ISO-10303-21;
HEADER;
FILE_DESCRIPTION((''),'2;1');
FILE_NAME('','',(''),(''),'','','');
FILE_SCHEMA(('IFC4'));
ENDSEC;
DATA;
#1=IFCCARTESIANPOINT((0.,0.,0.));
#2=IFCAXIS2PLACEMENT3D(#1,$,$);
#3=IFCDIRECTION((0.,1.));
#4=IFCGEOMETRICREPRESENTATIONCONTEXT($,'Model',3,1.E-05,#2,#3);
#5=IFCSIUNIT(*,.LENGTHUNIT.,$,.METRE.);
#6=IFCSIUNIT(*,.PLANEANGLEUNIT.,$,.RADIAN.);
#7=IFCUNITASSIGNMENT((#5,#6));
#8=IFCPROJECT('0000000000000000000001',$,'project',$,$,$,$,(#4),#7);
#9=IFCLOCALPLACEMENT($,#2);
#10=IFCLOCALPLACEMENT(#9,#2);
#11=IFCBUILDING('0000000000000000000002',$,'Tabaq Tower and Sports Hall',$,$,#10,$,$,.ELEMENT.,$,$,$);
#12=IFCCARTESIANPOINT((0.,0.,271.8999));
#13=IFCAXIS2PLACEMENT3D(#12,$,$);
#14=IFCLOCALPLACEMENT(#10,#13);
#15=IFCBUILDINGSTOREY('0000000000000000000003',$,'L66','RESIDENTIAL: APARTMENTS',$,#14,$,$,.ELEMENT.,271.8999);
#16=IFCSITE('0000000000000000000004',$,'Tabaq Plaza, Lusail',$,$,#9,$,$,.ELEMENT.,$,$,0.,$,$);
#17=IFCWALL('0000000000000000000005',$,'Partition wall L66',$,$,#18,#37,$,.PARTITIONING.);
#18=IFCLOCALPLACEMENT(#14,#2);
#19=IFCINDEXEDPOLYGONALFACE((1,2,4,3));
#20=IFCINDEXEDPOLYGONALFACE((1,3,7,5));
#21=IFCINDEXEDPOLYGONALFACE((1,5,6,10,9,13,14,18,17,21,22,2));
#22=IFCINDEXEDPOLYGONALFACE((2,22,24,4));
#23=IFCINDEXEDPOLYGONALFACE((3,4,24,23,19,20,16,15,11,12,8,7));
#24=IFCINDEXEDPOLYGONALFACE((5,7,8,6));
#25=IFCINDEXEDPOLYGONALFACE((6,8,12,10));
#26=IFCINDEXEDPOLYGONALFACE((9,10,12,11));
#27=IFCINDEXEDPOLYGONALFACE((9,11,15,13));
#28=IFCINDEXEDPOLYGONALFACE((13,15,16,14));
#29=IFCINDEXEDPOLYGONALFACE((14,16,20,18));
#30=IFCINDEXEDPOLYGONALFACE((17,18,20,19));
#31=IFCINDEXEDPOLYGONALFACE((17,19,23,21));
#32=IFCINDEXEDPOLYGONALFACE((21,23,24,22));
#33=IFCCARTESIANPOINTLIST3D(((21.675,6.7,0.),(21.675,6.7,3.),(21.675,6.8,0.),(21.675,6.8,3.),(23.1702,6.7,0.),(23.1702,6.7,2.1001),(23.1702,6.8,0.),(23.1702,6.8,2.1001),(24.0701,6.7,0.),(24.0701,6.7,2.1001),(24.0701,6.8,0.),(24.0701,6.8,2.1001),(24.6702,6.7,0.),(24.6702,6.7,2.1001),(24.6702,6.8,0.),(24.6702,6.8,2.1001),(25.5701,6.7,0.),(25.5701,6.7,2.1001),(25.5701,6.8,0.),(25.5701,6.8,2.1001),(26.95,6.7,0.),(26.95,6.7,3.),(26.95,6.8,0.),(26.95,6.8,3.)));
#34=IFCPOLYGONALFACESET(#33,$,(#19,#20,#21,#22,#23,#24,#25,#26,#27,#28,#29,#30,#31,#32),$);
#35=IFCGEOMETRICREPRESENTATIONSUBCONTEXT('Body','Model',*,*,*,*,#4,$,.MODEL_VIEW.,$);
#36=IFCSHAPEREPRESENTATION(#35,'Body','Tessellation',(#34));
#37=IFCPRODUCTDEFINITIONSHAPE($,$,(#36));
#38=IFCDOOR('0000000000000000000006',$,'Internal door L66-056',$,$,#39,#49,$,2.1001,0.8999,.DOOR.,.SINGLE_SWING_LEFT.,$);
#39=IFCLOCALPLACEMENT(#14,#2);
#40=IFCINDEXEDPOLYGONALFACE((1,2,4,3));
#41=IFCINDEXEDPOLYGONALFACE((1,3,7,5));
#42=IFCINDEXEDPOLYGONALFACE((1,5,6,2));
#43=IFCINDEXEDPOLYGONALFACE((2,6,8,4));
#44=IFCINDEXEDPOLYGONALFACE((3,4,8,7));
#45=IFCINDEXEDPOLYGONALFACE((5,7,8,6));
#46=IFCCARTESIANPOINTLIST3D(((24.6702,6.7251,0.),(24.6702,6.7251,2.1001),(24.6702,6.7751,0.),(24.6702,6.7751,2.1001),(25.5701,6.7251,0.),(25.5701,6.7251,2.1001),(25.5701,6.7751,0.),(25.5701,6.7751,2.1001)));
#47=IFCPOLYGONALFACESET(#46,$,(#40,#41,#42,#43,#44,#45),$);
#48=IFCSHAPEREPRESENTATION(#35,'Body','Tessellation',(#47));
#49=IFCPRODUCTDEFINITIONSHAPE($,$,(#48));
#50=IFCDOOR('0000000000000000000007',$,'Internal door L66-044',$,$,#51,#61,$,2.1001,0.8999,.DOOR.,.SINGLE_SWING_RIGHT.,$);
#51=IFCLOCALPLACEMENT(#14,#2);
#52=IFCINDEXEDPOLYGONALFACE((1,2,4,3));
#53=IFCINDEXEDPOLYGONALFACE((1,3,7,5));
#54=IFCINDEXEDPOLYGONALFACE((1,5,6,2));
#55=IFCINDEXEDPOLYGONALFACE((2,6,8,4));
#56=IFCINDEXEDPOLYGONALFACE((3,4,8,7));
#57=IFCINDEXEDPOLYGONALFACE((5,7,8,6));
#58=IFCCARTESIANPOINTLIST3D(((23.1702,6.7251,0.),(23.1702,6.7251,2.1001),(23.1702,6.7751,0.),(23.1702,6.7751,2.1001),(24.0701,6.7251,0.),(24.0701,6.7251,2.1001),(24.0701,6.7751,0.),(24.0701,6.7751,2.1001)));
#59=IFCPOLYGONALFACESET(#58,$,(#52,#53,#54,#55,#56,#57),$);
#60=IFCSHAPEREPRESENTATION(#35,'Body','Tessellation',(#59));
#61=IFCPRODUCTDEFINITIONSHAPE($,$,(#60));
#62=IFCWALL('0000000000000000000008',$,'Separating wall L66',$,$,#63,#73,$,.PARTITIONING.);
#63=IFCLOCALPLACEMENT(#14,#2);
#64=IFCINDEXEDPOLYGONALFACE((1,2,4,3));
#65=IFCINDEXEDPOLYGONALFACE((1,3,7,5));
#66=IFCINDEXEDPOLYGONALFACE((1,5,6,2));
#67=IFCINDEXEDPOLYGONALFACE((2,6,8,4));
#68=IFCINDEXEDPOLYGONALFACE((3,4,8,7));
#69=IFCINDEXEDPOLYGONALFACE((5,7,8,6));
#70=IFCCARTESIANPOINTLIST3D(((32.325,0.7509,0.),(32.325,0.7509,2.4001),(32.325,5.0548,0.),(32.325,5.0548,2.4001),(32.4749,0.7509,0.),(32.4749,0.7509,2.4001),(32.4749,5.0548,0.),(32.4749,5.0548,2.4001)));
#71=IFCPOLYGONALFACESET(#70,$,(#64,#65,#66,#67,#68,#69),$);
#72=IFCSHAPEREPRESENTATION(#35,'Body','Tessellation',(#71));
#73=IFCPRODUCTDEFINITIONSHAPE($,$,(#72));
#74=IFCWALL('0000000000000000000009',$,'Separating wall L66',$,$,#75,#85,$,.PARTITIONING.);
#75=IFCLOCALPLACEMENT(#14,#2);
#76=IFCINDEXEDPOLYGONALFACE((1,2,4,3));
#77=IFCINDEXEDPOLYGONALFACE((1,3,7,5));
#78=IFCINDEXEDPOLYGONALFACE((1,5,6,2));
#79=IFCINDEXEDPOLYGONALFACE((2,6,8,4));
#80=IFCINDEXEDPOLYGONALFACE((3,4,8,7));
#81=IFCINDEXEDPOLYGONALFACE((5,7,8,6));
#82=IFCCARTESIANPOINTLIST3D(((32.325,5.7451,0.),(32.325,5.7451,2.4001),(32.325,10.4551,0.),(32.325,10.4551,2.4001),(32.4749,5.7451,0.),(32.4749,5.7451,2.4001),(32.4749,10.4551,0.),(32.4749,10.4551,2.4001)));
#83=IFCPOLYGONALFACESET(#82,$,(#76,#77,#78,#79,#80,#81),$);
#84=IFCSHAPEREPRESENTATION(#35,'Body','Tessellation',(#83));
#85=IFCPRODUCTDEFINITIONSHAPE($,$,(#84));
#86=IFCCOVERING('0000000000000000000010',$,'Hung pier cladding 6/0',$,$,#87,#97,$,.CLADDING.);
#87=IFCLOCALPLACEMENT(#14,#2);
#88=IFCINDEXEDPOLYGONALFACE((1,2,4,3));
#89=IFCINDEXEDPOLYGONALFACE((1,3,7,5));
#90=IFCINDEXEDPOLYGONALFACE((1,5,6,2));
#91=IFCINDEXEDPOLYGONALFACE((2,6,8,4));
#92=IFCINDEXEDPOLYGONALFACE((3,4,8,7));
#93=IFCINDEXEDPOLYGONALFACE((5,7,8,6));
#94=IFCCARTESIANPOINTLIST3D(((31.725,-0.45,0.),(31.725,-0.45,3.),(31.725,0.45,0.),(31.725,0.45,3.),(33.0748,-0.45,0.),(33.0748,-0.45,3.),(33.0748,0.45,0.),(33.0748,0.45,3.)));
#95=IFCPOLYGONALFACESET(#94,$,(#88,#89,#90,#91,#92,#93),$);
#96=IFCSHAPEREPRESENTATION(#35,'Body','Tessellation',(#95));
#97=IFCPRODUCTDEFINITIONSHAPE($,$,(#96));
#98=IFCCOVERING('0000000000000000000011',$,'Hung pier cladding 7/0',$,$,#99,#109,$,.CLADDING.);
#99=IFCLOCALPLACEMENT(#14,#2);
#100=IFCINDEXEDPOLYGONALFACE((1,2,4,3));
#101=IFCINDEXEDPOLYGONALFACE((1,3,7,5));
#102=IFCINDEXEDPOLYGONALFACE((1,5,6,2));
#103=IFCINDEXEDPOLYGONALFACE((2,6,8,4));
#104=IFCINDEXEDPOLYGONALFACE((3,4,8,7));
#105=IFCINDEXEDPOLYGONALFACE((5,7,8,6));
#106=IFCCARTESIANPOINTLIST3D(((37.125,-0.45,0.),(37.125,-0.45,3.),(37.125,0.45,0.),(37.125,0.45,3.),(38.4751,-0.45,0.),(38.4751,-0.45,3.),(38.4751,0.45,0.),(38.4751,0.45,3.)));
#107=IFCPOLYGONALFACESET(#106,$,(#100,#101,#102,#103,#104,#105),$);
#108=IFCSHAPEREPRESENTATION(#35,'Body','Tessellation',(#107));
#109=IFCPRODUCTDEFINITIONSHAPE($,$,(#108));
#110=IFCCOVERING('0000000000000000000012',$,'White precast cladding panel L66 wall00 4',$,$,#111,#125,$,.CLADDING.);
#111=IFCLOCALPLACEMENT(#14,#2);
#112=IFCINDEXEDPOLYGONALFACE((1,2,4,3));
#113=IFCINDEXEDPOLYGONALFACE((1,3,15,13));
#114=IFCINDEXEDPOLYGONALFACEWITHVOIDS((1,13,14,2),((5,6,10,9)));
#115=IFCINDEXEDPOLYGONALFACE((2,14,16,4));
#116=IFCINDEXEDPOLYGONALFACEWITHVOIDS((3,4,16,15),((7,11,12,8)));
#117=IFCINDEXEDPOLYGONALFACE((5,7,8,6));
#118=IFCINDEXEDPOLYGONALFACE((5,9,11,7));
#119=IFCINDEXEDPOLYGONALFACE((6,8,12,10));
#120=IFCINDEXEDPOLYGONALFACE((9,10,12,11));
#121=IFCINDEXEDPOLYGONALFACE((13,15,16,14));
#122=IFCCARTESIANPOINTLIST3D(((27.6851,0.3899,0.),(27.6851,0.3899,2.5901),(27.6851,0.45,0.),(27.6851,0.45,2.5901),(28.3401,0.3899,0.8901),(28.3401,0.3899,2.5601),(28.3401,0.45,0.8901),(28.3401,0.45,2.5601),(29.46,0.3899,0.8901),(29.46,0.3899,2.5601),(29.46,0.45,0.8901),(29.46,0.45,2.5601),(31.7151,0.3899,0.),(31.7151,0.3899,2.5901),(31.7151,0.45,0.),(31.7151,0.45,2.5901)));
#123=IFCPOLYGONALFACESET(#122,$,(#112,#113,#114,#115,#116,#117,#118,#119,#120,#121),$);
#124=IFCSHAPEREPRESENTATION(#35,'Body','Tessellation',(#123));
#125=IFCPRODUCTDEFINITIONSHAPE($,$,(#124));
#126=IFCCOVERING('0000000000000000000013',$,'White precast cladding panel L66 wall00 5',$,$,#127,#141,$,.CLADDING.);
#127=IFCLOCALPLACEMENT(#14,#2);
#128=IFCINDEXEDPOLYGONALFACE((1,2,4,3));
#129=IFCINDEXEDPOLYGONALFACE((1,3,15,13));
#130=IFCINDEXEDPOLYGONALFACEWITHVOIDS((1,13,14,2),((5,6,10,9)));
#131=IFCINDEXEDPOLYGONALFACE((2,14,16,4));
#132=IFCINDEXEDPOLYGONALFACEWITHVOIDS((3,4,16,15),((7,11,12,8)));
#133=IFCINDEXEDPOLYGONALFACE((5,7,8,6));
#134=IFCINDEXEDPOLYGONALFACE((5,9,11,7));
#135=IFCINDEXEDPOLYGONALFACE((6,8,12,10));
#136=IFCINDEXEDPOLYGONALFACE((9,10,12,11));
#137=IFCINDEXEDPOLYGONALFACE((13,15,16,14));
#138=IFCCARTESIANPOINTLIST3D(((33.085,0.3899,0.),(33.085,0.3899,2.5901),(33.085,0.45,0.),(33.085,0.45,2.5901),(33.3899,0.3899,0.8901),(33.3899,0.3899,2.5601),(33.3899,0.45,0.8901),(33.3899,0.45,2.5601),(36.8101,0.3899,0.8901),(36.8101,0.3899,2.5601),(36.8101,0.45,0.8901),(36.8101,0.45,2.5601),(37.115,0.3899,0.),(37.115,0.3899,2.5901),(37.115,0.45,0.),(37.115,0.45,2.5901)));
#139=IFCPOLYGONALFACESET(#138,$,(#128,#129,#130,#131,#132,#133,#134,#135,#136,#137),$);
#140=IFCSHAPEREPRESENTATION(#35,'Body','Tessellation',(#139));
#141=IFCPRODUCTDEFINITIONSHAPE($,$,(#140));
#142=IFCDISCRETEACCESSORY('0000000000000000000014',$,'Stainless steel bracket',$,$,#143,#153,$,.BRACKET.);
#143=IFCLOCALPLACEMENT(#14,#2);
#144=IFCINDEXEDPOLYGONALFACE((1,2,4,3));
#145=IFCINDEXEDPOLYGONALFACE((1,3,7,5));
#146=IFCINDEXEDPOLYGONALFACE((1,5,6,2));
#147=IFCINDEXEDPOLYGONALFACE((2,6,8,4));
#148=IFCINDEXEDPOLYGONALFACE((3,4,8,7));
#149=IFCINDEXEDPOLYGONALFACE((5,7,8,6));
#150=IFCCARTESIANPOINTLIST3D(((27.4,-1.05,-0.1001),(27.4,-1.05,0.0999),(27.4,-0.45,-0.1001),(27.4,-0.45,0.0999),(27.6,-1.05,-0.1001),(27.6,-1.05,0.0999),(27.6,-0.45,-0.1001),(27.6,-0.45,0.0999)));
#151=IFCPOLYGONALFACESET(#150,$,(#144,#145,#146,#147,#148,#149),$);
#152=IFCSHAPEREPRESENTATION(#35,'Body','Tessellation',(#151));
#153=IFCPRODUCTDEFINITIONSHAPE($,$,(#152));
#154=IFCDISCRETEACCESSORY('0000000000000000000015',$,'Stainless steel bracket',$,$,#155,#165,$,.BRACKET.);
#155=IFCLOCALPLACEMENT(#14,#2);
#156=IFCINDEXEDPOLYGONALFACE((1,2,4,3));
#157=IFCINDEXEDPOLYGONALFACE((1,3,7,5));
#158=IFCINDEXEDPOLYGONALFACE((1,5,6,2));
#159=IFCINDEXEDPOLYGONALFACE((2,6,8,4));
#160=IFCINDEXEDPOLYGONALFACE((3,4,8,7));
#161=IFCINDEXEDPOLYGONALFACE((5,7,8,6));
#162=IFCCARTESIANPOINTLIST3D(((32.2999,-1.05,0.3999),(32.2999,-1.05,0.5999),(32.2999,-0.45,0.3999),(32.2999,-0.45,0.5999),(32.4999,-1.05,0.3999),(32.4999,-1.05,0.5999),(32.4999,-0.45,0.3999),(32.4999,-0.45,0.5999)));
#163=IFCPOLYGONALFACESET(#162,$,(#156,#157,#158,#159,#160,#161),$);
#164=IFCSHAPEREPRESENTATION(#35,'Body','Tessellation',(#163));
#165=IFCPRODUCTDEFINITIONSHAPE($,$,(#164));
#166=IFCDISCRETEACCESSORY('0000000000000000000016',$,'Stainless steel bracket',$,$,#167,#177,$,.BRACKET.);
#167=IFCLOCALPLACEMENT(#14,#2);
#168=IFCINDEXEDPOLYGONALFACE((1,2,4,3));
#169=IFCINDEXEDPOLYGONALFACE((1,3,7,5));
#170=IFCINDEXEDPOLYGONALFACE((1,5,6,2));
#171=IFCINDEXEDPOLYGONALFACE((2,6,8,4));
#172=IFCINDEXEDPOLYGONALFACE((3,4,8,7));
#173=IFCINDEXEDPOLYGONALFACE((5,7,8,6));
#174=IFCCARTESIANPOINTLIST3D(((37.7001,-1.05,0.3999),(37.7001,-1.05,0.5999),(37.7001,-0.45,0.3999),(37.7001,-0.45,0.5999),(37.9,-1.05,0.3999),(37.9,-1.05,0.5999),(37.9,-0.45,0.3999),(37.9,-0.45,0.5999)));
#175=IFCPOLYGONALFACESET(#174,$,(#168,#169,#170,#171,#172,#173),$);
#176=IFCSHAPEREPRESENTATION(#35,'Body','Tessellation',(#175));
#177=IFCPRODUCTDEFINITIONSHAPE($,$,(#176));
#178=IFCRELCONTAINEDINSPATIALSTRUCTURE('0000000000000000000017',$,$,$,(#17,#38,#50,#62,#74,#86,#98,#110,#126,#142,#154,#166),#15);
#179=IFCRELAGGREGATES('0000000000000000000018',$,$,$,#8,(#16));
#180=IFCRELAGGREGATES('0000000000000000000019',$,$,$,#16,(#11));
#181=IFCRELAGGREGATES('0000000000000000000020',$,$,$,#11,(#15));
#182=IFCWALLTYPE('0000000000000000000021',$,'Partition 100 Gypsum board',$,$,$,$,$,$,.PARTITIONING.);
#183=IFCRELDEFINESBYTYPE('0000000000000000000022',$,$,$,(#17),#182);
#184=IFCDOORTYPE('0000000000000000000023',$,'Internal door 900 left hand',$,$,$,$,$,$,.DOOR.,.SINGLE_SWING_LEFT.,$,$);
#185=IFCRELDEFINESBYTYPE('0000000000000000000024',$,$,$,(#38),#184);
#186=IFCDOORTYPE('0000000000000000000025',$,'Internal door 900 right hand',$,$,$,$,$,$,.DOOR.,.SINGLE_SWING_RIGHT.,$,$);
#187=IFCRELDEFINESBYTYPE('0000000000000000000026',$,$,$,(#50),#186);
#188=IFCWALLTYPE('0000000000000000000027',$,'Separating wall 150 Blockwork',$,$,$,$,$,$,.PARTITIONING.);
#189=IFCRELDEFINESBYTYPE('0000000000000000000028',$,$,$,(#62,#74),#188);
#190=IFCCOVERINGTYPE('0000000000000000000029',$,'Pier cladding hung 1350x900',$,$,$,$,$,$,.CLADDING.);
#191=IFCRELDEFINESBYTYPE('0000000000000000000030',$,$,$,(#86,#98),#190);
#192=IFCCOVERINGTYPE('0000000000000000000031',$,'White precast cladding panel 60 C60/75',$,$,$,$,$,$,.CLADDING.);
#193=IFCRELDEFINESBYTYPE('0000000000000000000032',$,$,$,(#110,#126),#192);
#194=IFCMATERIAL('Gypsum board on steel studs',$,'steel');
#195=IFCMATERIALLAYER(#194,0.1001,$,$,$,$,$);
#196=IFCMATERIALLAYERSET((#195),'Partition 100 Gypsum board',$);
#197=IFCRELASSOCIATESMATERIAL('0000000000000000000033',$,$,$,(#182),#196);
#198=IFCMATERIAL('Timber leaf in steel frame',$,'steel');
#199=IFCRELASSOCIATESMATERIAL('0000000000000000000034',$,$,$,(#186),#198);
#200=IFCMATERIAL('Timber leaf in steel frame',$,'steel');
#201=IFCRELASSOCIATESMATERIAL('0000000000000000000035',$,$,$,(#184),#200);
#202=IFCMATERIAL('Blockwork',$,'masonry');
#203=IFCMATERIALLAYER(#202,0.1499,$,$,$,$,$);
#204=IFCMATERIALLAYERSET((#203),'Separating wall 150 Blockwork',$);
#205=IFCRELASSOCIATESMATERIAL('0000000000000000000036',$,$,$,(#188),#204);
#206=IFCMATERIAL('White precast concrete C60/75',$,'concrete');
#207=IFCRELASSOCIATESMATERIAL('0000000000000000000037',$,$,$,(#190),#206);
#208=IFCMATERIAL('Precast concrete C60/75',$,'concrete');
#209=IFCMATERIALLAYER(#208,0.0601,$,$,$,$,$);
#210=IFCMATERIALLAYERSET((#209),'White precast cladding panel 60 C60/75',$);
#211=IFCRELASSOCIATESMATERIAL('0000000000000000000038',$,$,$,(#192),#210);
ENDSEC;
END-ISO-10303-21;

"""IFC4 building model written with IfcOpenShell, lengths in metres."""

from ifc_helpers import new_model, si_unit, direction, frame, frame_2d, origin, origin_2d, place, context, subcontext, project, spatial, polyline, rectangle, outline, extrude, material, layer, layer_set, type_object, element, fill, save


model = new_model("IFC4")

# Units and contexts
model_context = context("Model", 3, precision=1e-05, world=origin(), true_north=direction((0.0, 1.0)))
body_context = subcontext(model_context, "Body", "Model", "MODEL_VIEW")
ifc_project = project(units=[si_unit("LENGTHUNIT", "METRE"), si_unit("PLANEANGLEUNIT", "RADIAN")], contexts=[model_context])

# Site, building, storey
site_placement = place(None, origin())
site = spatial("IfcSite", under=ifc_project, at=site_placement, Name="Tabaq Plaza, Lusail", CompositionType="ELEMENT", RefElevation=0.0)
building_placement = place(site_placement, origin())
building = spatial("IfcBuilding", under=site, at=building_placement, Name="Tabaq Tower and Sports Hall", CompositionType="ELEMENT")
storey_placement = place(building_placement, frame((0.0, 0.0, 271.8999)))
storey = spatial("IfcBuildingStorey", under=building, at=storey_placement, Name="L66", Description="RESIDENTIAL: APARTMENTS", CompositionType="ELEMENT", Elevation=271.8999)

# Shared definitions
ifc_material_1 = material(Name="Gypsum board on steel studs", Category="steel")
ifc_layer_1 = layer(ifc_material_1, 0.1001)
ifc_layer_set_1 = layer_set([ifc_layer_1], Name="Partition 100 Gypsum board")
wall_type_1 = type_object("IfcWallType", Name="Partition 100 Gypsum board", PredefinedType="PARTITIONING", material=ifc_layer_set_1)
ifc_material_2 = material(Name="Timber leaf in steel frame", Category="steel")
door_type_1 = type_object("IfcDoorType", Name="Internal door 900 right hand", OperationType="SINGLE_SWING_RIGHT", PredefinedType="DOOR", material=ifc_material_2)

# Wall, openings, doors
wall_1_placement = place(storey_placement, frame((26.95, 6.75, 0.0), z_axis=(0.0, 0.0, 1.0), x_axis=(-1.0, 0.0, 0.0)))
wall_1 = element("IfcWall", 1, at=wall_1_placement, inside=storey, type_object=wall_type_1, Name="Partition wall L66", PredefinedType="PARTITIONING", context=body_context, shape_type="SweptSolid", body=[
    extrude(rectangle(XDim=5.2749, YDim=0.1001, at=frame_2d((2.6375, 0.0))), origin(), (0.0, 0.0, 1.0), 3.0),
])
opening_1_placement = place(wall_1_placement, frame((2.8799, 0.0, 0.0)))
opening_1 = element("IfcOpeningElement", 2, at=opening_1_placement, cuts=wall_1, PredefinedType="OPENING", context=body_context, shape_type="SweptSolid", body=[
    extrude(rectangle(XDim=0.8999, YDim=2.1001, at=frame_2d((0.45, 1.05))), frame((0.0, 0.05, 0.0), z_axis=(0.0, -1.0, 0.0), x_axis=(1.0, 0.0, 0.0)), (0.0, 0.0, 1.0), 0.1001),
])
opening_2_placement = place(wall_1_placement, frame((1.3799, 0.0, 0.0)))
opening_2 = element("IfcOpeningElement", 3, at=opening_2_placement, cuts=wall_1, PredefinedType="OPENING", context=body_context, shape_type="SweptSolid", body=[
    extrude(rectangle(XDim=0.8999, YDim=2.1001, at=frame_2d((0.45, 1.05))), frame((0.0, 0.05, 0.0), z_axis=(0.0, -1.0, 0.0), x_axis=(1.0, 0.0, 0.0)), (0.0, 0.0, 1.0), 0.1001),
])
ifc_material_3 = material(Name="Timber leaf in steel frame", Category="steel")
door_type_2 = type_object("IfcDoorType", Name="Internal door 900 left hand", OperationType="SINGLE_SWING_LEFT", PredefinedType="DOOR", material=ifc_material_3)
door_1_placement = place(opening_2_placement, origin())
door_1 = element("IfcDoor", 4, at=door_1_placement, inside=storey, type_object=door_type_2, Name="Internal door L66-056", OperationType="SINGLE_SWING_LEFT", OverallHeight=2.1001, OverallWidth=0.8999, PredefinedType="DOOR", context=body_context, shape_type="SweptSolid", body=[
    extrude(rectangle(XDim=0.8999, YDim=2.1001, at=frame_2d((0.45, 1.05))), frame((0.0, 0.0249, 0.0), z_axis=(0.0, -1.0, 0.0), x_axis=(1.0, 0.0, 0.0)), (0.0, 0.0, 1.0), 0.05),
])
fill(opening_2, door_1)
door_2_placement = place(opening_1_placement, origin())
door_2 = element("IfcDoor", 5, at=door_2_placement, inside=storey, type_object=door_type_1, Name="Internal door L66-044", OperationType="SINGLE_SWING_RIGHT", OverallHeight=2.1001, OverallWidth=0.8999, PredefinedType="DOOR", context=body_context, shape_type="SweptSolid", body=[
    extrude(rectangle(XDim=0.8999, YDim=2.1001, at=frame_2d((0.45, 1.05))), frame((0.0, 0.0249, 0.0), z_axis=(0.0, -1.0, 0.0), x_axis=(1.0, 0.0, 0.0)), (0.0, 0.0, 1.0), 0.05),
])
fill(opening_1, door_2)

# Walls
ifc_material_4 = material(Name="Blockwork", Category="masonry")
ifc_layer_2 = layer(ifc_material_4, 0.1499)
ifc_layer_set_2 = layer_set([ifc_layer_2], Name="Separating wall 150 Blockwork")
wall_type_2 = type_object("IfcWallType", Name="Separating wall 150 Blockwork", PredefinedType="PARTITIONING", material=ifc_layer_set_2)
wall_2_placement = place(storey_placement, frame((32.3999, 0.751, 0.0), z_axis=(0.0, 0.0, 1.0), x_axis=(0.0, 1.0, 0.0)))
element("IfcWall", 6, at=wall_2_placement, inside=storey, type_object=wall_type_2, Name="Separating wall L66", PredefinedType="PARTITIONING", context=body_context, shape_type="SweptSolid", body=[
    extrude(rectangle(XDim=4.304, YDim=0.1499, at=frame_2d((2.1519, 0.0))), origin(), (0.0, 0.0, 1.0), 2.4001),
])
wall_3_placement = place(storey_placement, frame((32.3999, 5.7451, 0.0), z_axis=(0.0, 0.0, 1.0), x_axis=(0.0, 1.0, 0.0)))
element("IfcWall", 7, at=wall_3_placement, inside=storey, type_object=wall_type_2, Name="Separating wall L66", PredefinedType="PARTITIONING", context=body_context, shape_type="SweptSolid", body=[
    extrude(rectangle(XDim=4.71, YDim=0.1499, at=frame_2d((2.355, 0.0))), origin(), (0.0, 0.0, 1.0), 2.4001),
])

# Coverings
ifc_material_5 = material(Name="White precast concrete C60/75", Category="concrete")
covering_type_1 = type_object("IfcCoveringType", Name="Pier cladding hung 1350x900", PredefinedType="CLADDING", material=ifc_material_5)
covering_1_placement = place(storey_placement, frame((31.7251, 0.0, 0.0), z_axis=(0.0, 0.0, 1.0), x_axis=(1.0, 0.0, 0.0)))
element("IfcCovering", 8, at=covering_1_placement, inside=storey, type_object=covering_type_1, Name="Hung pier cladding 6/0", PredefinedType="CLADDING", context=body_context, shape_type="SweptSolid", body=[
    extrude(rectangle(XDim=1.3499, YDim=0.8999, at=frame_2d((0.6748, 0.0))), origin(), (0.0, 0.0, 1.0), 3.0),
])
covering_2_placement = place(storey_placement, frame((37.125, 0.0, 0.0), z_axis=(0.0, 0.0, 1.0), x_axis=(1.0, 0.0, 0.0)))
element("IfcCovering", 9, at=covering_2_placement, inside=storey, type_object=covering_type_1, Name="Hung pier cladding 7/0", PredefinedType="CLADDING", context=body_context, shape_type="SweptSolid", body=[
    extrude(rectangle(XDim=1.3501, YDim=0.8999, at=frame_2d((0.675, 0.0))), origin(), (0.0, 0.0, 1.0), 3.0),
])
ifc_material_6 = material(Name="Precast concrete C60/75", Category="concrete")
ifc_layer_3 = layer(ifc_material_6, 0.0601)
ifc_layer_set_3 = layer_set([ifc_layer_3], Name="White precast cladding panel 60 C60/75")
covering_type_2 = type_object("IfcCoveringType", Name="White precast cladding panel 60 C60/75", PredefinedType="CLADDING", material=ifc_layer_set_3)
covering_3_placement = place(storey_placement, frame((27.6851, 0.4199, 0.0), z_axis=(0.0, 0.0, 1.0), x_axis=(1.0, 0.0, 0.0)))
element("IfcCovering", 10, at=covering_3_placement, inside=storey, type_object=covering_type_2, Name="White precast cladding panel L66 wall00 4", PredefinedType="CLADDING", context=body_context, shape_type="SweptSolid", body=[
    extrude(outline(polyline([(0.0, 0.0), (4.03, 0.0), (4.03, 2.5901), (0.0, 2.5901), (0.0, 0.0)]), holes=[polyline([(1.7749, 0.8901), (0.655, 0.8901), (0.655, 2.5601), (1.7749, 2.5601), (1.7749, 0.8901)])]), frame((0.0, 0.03, 0.0), z_axis=(0.0, -1.0, 0.0), x_axis=(1.0, 0.0, 0.0)), (0.0, 0.0, 1.0), 0.0601),
])
covering_4_placement = place(storey_placement, frame((33.085, 0.4199, 0.0), z_axis=(0.0, 0.0, 1.0), x_axis=(1.0, 0.0, 0.0)))
element("IfcCovering", 11, at=covering_4_placement, inside=storey, type_object=covering_type_2, Name="White precast cladding panel L66 wall00 5", PredefinedType="CLADDING", context=body_context, shape_type="SweptSolid", body=[
    extrude(outline(polyline([(0.0, 0.0), (4.03, 0.0), (4.03, 2.5901), (0.0, 2.5901), (0.0, 0.0)]), holes=[polyline([(3.7251, 0.8901), (0.3049, 0.8901), (0.3049, 2.5601), (3.7251, 2.5601), (3.7251, 0.8901)])]), frame((0.0, 0.03, 0.0), z_axis=(0.0, -1.0, 0.0), x_axis=(1.0, 0.0, 0.0)), (0.0, 0.0, 1.0), 0.0601),
])

# Discrete accessories
for number, where, z_axis, x_axis, name in (
    (12, (27.5, -0.75, -0.1001), (0.0, 0.0, 1.0), (0.0, -1.0, 0.0), "Stainless steel bracket"),
    (13, (32.3999, -0.75, 0.3999), (0.0, 0.0, 1.0), (0.0, -1.0, 0.0), "Stainless steel bracket"),
    (14, (37.8, -0.75, 0.3999), (0.0, 0.0, 1.0), (0.0, -1.0, 0.0), "Stainless steel bracket"),
):
    element("IfcDiscreteAccessory", number, at=place(storey_placement, frame(where, z_axis=z_axis, x_axis=x_axis)), inside=storey, Name=name, PredefinedType="BRACKET", context=body_context, shape_type="SweptSolid", body=[
        extrude(rectangle(XDim=0.6001, YDim=0.2, at=origin_2d()), origin(), (0.0, 0.0, 1.0), 0.2),
    ])

save(model, "model.ifc")
